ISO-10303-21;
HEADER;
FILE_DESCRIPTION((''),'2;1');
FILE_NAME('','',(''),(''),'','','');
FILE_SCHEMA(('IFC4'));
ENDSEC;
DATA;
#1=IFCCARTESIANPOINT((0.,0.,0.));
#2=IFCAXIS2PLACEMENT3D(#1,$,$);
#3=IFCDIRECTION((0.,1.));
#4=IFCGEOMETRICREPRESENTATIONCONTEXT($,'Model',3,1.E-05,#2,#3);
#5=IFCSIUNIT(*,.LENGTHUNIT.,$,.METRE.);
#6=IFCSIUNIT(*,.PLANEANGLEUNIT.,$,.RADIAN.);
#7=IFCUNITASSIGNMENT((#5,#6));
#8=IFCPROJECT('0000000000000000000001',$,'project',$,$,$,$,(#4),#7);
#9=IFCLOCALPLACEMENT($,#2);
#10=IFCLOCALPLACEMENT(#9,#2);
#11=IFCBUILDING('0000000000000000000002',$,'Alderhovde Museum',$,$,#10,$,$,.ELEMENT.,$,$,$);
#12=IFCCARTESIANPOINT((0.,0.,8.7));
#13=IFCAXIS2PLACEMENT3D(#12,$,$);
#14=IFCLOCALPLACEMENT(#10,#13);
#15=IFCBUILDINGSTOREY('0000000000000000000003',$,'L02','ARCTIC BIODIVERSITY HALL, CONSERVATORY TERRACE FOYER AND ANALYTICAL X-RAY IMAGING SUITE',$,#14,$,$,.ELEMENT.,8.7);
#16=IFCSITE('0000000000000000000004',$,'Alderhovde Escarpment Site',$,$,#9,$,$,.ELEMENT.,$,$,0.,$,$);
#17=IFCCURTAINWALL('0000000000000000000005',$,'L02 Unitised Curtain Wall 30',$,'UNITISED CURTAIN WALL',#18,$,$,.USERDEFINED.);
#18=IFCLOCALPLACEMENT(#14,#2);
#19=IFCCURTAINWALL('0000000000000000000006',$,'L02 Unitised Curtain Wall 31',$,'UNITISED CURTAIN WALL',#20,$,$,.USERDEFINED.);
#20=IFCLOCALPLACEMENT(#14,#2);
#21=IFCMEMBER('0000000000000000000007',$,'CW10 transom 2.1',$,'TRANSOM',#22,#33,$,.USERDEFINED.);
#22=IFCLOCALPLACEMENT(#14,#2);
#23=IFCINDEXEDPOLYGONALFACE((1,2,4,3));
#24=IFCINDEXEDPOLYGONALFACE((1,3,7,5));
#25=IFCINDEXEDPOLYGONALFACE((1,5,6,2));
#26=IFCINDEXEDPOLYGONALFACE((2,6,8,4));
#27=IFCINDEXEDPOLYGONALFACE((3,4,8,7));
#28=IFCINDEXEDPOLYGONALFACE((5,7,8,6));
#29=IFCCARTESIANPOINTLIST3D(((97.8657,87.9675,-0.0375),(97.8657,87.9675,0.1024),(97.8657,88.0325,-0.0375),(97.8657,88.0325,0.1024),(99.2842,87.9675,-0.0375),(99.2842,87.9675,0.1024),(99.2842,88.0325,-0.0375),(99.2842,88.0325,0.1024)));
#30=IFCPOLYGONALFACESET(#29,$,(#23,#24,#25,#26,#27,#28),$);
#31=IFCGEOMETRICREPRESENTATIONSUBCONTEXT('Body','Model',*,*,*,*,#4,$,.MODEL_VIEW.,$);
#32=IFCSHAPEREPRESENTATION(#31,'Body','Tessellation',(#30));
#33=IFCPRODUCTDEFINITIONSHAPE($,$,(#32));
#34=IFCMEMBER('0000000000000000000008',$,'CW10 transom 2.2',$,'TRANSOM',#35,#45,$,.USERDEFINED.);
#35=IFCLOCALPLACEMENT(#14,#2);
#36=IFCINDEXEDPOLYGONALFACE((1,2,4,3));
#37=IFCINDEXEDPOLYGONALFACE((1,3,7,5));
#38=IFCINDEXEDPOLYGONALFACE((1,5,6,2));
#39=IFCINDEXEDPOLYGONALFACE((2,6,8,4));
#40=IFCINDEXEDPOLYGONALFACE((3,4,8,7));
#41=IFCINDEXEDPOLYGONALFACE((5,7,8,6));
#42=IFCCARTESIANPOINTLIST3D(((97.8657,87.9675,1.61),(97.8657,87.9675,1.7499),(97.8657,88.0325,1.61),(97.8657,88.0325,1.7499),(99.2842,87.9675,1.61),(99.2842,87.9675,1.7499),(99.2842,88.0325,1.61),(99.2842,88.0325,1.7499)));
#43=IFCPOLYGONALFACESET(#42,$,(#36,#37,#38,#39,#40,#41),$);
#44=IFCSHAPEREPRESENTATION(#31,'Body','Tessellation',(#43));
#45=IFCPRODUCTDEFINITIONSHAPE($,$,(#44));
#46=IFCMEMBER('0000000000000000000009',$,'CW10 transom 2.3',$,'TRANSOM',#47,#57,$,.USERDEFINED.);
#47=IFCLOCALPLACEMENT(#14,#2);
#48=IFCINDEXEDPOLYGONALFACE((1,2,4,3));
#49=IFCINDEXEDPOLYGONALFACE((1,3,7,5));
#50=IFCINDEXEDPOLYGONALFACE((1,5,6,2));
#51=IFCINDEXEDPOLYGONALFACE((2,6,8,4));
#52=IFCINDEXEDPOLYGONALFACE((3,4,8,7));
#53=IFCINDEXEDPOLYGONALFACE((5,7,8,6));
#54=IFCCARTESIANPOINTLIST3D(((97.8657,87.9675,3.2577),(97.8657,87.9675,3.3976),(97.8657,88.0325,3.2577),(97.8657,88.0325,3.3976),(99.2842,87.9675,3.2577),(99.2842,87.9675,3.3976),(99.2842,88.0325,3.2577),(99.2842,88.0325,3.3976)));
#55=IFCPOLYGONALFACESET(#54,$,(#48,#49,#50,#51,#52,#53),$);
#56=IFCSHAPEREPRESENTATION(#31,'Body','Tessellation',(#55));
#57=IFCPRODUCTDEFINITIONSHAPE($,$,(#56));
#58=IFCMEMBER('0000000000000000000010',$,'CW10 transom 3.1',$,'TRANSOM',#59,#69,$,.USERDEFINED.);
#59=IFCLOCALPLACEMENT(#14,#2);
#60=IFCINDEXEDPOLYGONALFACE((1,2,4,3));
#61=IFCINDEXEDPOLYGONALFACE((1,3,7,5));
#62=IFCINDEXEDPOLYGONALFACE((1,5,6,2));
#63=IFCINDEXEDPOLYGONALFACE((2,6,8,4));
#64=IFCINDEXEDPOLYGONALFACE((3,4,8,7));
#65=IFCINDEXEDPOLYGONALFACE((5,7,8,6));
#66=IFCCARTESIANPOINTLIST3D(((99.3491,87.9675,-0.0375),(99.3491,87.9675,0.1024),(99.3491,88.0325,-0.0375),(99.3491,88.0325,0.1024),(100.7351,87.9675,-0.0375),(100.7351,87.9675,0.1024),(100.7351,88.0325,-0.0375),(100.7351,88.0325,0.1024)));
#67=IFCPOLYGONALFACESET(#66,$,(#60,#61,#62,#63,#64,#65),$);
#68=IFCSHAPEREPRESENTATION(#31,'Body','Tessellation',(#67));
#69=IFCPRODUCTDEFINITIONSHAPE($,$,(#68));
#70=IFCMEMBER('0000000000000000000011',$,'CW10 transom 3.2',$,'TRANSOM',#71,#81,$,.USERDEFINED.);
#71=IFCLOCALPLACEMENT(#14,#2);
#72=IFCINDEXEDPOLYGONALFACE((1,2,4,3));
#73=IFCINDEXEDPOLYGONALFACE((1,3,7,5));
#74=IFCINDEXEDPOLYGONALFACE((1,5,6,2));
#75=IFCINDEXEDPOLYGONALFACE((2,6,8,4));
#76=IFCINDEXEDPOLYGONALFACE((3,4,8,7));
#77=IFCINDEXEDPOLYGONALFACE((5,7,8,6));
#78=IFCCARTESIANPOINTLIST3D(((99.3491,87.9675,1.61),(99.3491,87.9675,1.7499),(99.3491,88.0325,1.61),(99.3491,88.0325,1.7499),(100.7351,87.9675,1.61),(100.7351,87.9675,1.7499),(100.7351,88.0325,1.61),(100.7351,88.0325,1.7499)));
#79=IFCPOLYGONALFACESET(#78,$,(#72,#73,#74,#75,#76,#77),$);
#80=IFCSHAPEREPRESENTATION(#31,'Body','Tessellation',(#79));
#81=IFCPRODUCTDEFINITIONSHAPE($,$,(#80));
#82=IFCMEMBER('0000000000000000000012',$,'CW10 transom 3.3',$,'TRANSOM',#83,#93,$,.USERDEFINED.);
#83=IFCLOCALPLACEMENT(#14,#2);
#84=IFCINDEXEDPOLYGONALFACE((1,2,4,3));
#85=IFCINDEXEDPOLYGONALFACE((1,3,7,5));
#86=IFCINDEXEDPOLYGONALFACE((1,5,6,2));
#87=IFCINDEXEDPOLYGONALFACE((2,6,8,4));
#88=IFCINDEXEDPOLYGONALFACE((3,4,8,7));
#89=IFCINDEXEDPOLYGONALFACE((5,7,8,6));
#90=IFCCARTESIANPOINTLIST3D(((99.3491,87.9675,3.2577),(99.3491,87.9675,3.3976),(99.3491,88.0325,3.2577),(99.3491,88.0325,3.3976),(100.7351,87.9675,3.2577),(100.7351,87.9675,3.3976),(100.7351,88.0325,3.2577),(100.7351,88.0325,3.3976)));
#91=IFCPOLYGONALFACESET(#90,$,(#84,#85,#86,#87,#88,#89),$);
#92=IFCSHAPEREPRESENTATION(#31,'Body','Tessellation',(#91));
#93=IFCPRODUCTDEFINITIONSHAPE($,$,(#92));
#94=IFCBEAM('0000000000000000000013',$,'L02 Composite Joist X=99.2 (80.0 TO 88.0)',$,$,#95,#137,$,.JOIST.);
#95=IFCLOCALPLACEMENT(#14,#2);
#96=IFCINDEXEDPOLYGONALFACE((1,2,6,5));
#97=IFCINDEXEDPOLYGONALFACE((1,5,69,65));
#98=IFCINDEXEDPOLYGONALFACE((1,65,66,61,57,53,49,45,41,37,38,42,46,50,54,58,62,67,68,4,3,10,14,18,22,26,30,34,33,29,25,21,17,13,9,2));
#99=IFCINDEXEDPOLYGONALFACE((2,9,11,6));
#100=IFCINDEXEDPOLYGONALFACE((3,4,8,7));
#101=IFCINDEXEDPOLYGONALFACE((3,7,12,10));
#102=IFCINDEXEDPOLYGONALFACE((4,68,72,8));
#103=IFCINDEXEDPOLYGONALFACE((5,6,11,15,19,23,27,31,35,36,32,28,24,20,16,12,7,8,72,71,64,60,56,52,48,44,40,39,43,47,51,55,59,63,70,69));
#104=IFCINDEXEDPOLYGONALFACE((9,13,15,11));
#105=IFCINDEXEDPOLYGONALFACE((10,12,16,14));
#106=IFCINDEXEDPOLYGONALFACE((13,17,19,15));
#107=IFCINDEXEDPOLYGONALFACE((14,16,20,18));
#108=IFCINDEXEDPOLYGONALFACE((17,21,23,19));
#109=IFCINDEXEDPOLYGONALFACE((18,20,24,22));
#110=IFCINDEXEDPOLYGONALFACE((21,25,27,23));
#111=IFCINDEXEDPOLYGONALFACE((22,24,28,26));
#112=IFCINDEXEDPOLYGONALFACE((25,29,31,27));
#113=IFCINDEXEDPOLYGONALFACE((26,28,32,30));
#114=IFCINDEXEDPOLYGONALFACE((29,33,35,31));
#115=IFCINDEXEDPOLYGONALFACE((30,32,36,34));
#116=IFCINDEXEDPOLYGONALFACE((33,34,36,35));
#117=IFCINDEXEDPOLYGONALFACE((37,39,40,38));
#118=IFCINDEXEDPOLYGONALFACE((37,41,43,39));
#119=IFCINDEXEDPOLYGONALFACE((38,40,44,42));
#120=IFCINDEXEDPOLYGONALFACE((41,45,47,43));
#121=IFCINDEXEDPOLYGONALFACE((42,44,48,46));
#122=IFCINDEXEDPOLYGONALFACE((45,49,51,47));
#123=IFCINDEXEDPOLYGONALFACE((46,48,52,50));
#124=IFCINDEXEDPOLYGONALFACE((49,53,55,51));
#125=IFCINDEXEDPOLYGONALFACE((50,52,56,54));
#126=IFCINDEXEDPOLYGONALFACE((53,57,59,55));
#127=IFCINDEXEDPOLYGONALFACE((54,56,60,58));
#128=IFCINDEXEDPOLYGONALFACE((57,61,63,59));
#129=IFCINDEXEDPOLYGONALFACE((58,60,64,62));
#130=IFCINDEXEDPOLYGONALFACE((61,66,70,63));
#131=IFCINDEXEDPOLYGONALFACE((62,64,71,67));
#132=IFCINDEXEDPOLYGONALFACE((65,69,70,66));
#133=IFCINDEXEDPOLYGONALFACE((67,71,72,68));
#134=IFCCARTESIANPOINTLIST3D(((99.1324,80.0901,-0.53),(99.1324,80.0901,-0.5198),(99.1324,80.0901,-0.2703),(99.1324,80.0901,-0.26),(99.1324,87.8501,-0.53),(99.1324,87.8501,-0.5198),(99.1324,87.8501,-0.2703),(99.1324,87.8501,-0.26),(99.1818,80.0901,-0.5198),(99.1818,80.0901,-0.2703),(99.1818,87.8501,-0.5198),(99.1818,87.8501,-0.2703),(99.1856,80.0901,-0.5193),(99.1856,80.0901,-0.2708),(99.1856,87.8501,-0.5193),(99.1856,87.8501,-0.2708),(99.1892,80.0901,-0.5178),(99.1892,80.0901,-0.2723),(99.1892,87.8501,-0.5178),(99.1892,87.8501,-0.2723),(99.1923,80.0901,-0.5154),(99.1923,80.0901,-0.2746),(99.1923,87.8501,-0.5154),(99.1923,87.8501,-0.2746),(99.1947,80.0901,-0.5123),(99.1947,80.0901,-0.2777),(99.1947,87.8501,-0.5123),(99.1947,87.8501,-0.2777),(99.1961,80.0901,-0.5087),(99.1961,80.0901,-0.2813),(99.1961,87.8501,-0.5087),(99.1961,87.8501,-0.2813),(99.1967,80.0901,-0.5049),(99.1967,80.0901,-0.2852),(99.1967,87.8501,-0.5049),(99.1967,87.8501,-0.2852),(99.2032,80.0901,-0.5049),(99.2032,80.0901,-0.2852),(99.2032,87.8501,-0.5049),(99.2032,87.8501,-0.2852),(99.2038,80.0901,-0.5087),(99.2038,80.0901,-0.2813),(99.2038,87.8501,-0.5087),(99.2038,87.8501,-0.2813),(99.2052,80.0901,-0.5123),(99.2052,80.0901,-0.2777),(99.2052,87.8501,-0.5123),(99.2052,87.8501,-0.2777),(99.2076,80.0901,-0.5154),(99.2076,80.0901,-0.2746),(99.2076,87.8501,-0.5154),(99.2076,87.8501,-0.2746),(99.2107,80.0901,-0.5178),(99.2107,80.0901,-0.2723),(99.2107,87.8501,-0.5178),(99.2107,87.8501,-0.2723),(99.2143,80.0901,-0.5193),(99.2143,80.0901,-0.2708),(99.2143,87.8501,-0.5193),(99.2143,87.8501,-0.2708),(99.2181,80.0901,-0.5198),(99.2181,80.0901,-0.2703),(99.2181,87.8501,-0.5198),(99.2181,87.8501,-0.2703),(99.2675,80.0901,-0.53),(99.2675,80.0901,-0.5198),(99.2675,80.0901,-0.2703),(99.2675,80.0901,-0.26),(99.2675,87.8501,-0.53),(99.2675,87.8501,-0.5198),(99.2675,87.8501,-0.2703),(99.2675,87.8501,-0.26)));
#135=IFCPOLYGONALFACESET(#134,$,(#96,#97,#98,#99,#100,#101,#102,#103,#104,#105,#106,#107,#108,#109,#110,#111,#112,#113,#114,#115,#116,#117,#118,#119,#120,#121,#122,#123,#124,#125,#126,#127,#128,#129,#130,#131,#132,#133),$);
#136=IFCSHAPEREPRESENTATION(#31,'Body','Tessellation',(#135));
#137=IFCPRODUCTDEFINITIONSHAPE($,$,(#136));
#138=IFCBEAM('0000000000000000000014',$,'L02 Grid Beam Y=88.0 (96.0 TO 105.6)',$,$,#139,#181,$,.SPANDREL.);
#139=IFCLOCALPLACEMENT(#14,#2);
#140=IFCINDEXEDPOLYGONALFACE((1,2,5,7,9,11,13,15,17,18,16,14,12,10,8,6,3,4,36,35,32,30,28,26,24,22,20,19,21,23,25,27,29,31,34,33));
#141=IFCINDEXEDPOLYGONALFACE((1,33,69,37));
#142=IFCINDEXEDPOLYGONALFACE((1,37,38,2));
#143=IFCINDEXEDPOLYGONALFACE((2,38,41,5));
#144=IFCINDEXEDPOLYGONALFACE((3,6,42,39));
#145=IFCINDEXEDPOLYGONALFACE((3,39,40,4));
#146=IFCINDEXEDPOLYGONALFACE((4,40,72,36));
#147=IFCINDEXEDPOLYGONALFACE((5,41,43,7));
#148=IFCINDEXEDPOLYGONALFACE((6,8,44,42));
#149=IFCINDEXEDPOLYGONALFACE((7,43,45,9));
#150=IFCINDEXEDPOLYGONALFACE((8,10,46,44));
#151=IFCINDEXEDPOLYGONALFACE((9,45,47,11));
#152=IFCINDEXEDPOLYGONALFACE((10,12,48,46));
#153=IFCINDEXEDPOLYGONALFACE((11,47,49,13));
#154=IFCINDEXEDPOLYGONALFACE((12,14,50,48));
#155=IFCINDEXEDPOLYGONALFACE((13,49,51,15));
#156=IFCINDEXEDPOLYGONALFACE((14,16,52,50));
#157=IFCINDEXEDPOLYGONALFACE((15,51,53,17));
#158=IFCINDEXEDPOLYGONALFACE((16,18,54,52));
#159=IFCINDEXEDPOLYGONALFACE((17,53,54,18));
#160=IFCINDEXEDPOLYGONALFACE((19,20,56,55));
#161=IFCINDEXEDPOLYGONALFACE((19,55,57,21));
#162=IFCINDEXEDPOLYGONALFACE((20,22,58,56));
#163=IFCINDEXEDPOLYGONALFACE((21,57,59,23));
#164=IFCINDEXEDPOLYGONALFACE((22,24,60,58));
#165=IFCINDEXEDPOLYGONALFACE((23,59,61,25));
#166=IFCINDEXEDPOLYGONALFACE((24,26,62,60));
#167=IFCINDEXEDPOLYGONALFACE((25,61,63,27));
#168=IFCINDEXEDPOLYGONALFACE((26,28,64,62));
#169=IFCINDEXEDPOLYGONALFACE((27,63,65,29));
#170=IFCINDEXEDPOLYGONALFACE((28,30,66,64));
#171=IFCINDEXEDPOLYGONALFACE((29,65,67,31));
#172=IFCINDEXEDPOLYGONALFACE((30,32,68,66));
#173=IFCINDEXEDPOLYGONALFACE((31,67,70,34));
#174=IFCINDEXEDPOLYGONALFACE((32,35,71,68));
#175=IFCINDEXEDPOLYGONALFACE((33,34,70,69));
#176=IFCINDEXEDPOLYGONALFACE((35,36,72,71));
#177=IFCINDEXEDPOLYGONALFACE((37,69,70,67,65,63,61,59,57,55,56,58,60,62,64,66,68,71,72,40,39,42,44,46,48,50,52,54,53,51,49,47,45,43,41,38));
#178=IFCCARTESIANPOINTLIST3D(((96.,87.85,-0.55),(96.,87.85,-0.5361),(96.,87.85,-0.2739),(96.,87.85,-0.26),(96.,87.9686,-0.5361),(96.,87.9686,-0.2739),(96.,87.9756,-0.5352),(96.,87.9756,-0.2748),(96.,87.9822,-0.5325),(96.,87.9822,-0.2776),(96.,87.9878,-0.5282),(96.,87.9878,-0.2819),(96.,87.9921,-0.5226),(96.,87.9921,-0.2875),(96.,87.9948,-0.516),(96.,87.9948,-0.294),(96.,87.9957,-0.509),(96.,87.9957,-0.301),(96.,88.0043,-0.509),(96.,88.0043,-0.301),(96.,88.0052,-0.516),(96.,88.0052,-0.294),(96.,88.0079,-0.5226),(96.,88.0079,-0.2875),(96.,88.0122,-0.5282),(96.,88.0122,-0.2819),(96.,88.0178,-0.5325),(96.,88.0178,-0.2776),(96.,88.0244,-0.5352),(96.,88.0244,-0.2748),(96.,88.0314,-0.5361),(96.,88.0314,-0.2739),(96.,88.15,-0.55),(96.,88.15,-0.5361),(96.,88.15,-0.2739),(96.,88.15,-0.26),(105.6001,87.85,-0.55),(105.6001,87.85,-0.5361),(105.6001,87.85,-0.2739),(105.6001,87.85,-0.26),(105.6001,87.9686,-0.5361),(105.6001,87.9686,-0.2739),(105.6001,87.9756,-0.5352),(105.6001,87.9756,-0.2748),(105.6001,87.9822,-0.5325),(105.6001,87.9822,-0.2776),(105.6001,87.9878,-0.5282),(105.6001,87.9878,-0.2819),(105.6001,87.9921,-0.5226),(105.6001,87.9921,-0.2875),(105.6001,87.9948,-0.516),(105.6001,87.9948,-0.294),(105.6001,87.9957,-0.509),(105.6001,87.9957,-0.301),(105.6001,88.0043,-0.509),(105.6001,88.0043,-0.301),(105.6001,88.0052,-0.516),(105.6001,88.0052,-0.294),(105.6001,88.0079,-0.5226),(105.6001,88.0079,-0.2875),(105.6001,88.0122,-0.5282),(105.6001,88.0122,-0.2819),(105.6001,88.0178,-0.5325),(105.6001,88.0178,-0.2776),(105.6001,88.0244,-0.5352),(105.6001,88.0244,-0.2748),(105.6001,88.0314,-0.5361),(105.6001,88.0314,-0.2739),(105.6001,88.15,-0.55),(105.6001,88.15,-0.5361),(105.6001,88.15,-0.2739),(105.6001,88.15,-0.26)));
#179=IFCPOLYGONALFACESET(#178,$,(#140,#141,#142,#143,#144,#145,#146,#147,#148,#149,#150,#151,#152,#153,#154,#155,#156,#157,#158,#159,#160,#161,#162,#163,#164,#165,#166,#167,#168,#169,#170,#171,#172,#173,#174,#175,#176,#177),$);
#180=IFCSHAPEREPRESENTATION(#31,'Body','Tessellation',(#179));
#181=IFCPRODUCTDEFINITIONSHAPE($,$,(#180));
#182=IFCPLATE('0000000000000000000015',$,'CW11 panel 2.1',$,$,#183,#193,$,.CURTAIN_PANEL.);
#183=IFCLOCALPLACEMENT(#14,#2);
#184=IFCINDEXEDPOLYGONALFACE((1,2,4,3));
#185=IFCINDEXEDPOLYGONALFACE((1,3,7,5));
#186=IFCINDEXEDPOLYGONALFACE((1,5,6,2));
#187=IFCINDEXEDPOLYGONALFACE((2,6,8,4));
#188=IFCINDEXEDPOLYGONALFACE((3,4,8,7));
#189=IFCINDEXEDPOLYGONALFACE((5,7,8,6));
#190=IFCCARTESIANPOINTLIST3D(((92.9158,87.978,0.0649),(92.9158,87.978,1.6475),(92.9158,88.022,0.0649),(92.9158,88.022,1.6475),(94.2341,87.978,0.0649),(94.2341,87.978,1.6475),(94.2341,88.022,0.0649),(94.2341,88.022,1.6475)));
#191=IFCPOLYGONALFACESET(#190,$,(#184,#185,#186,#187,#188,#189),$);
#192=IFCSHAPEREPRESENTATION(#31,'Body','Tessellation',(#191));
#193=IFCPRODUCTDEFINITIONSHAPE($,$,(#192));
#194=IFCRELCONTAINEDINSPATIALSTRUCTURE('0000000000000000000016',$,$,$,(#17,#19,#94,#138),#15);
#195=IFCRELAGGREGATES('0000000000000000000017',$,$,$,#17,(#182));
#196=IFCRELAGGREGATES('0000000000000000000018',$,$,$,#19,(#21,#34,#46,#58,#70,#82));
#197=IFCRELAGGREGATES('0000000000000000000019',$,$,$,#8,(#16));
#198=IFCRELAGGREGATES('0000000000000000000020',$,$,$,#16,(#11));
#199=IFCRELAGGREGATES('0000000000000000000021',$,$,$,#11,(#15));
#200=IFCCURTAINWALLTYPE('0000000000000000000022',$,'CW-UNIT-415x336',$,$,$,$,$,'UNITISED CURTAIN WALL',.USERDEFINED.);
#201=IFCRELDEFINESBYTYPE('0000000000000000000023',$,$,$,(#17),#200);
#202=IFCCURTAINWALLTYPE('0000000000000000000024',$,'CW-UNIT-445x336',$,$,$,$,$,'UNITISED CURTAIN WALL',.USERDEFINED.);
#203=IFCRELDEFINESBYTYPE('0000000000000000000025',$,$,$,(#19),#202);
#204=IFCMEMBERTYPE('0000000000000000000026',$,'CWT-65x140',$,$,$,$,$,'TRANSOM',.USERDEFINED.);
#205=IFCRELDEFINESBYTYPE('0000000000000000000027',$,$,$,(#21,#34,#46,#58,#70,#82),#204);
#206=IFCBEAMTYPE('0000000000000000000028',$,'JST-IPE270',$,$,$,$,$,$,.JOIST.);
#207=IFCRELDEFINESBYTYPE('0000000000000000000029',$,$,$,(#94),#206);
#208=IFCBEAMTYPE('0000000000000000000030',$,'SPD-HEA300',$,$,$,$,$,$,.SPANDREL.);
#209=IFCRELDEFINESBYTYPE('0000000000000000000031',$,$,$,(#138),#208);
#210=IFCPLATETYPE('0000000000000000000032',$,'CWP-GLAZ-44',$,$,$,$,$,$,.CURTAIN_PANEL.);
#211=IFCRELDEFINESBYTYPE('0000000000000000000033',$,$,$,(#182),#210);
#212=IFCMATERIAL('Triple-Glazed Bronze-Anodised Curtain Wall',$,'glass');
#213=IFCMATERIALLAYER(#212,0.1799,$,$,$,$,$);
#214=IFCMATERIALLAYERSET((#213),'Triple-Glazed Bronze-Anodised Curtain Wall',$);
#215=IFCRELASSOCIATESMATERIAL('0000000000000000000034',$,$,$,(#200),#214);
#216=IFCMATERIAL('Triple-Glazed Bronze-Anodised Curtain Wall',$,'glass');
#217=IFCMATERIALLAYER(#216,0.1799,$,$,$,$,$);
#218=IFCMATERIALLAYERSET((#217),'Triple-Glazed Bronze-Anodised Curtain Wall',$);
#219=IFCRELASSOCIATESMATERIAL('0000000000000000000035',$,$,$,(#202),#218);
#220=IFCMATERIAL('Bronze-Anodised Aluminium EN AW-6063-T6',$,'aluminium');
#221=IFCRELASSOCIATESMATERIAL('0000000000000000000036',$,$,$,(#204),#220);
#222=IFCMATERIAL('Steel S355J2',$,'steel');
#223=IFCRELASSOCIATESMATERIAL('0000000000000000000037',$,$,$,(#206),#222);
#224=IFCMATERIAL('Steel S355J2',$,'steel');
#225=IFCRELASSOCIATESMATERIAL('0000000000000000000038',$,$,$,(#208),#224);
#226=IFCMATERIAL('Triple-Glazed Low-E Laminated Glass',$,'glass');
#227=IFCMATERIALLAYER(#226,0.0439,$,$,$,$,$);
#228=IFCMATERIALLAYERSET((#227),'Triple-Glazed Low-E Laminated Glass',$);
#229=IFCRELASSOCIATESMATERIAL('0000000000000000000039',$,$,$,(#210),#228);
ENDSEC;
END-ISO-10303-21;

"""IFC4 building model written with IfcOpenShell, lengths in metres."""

from ifc_helpers import new_model, si_unit, direction, frame, origin, origin_2d, place, context, subcontext, project, spatial, rectangle, i_section, extrude, material, layer, layer_set, material_profile, profile_set, type_object, element, aggregate, save


model = new_model("IFC4")

# Units and contexts
model_context = context("Model", 3, precision=1e-05, world=origin(), true_north=direction((0.0, 1.0)))
body_context = subcontext(model_context, "Body", "Model", "MODEL_VIEW")
ifc_project = project(units=[si_unit("LENGTHUNIT", "METRE"), si_unit("PLANEANGLEUNIT", "RADIAN")], contexts=[model_context])

# Site, building, storey
site_placement = place(None, origin())
site = spatial("IfcSite", under=ifc_project, at=site_placement, Name="Alderhovde Escarpment Site", CompositionType="ELEMENT", RefElevation=0.0)
building_placement = place(site_placement, origin())
building = spatial("IfcBuilding", under=site, at=building_placement, Name="Alderhovde Museum", CompositionType="ELEMENT")
storey_placement = place(building_placement, frame((0.0, 0.0, 8.7)))
storey = spatial("IfcBuildingStorey", under=building, at=storey_placement, Name="L02", Description="ARCTIC BIODIVERSITY HALL, CONSERVATORY TERRACE FOYER AND ANALYTICAL X-RAY IMAGING SUITE", CompositionType="ELEMENT", Elevation=8.7)

# Curtain walls
ifc_material_1 = material(Name="Triple-Glazed Bronze-Anodised Curtain Wall", Category="glass")
ifc_layer_1 = layer(ifc_material_1, 0.1799)
ifc_layer_set_1 = layer_set([ifc_layer_1], Name="Triple-Glazed Bronze-Anodised Curtain Wall")
curtain_wall_type_1 = type_object("IfcCurtainWallType", Name="CW-UNIT-415x336", ElementType="UNITISED CURTAIN WALL", PredefinedType="USERDEFINED", material=ifc_layer_set_1)
curtain_wall_1_placement = place(storey_placement, origin())
curtain_wall_1 = element("IfcCurtainWall", 1, at=curtain_wall_1_placement, inside=storey, type_object=curtain_wall_type_1, Name="L02 Unitised Curtain Wall 30", ObjectType="UNITISED CURTAIN WALL", PredefinedType="USERDEFINED")
ifc_material_2 = material(Name="Triple-Glazed Bronze-Anodised Curtain Wall", Category="glass")
ifc_layer_2 = layer(ifc_material_2, 0.1799)
ifc_layer_set_2 = layer_set([ifc_layer_2], Name="Triple-Glazed Bronze-Anodised Curtain Wall")
curtain_wall_type_2 = type_object("IfcCurtainWallType", Name="CW-UNIT-445x336", ElementType="UNITISED CURTAIN WALL", PredefinedType="USERDEFINED", material=ifc_layer_set_2)
curtain_wall_2_placement = place(storey_placement, origin())
curtain_wall_2 = element("IfcCurtainWall", 2, at=curtain_wall_2_placement, inside=storey, type_object=curtain_wall_type_2, Name="L02 Unitised Curtain Wall 31", ObjectType="UNITISED CURTAIN WALL", PredefinedType="USERDEFINED")

# Members
ifc_material_3 = material(Name="Bronze-Anodised Aluminium EN AW-6063-T6", Category="aluminium")
ifc_material_profile_1 = material_profile(ifc_material_3, rectangle(XDim=0.0649, YDim=0.1399, at=origin_2d()), Name="TRANSOM 65x140")
ifc_profile_set_1 = profile_set([ifc_material_profile_1], Name="Bronze-Anodised Aluminium EN AW-6063-T6")
member_type_1 = type_object("IfcMemberType", Name="CWT-65x140", ElementType="TRANSOM", PredefinedType="USERDEFINED", material=ifc_profile_set_1)
member_1_placement = place(storey_placement, frame((97.8657, 88.0, 0.0325), z_axis=(1.0, 0.0, 0.0), x_axis=(0.0, 1.0, 0.0)))
member_1 = element("IfcMember", 3, at=member_1_placement, type_object=member_type_1, Name="CW10 transom 2.1", ObjectType="TRANSOM", PredefinedType="USERDEFINED", context=body_context, shape_type="SweptSolid", body=[
    extrude(rectangle(XDim=0.0649, YDim=0.1399, at=origin_2d()), origin(), (0.0, 0.0, 1.0), 1.4185),
])
member_2_placement = place(storey_placement, frame((97.8657, 88.0, 1.6799), z_axis=(1.0, 0.0, 0.0), x_axis=(0.0, 1.0, 0.0)))
member_2 = element("IfcMember", 4, at=member_2_placement, type_object=member_type_1, Name="CW10 transom 2.2", ObjectType="TRANSOM", PredefinedType="USERDEFINED", context=body_context, shape_type="SweptSolid", body=[
    extrude(rectangle(XDim=0.0649, YDim=0.1399, at=origin_2d()), origin(), (0.0, 0.0, 1.0), 1.4185),
])
member_3_placement = place(storey_placement, frame((97.8657, 88.0, 3.3276), z_axis=(1.0, 0.0, 0.0), x_axis=(0.0, 1.0, 0.0)))
member_3 = element("IfcMember", 5, at=member_3_placement, type_object=member_type_1, Name="CW10 transom 2.3", ObjectType="TRANSOM", PredefinedType="USERDEFINED", context=body_context, shape_type="SweptSolid", body=[
    extrude(rectangle(XDim=0.0649, YDim=0.1399, at=origin_2d()), origin(), (0.0, 0.0, 1.0), 1.4185),
])
member_4_placement = place(storey_placement, frame((99.3491, 88.0, 0.0325), z_axis=(1.0, 0.0, 0.0), x_axis=(0.0, 1.0, 0.0)))
member_4 = element("IfcMember", 6, at=member_4_placement, type_object=member_type_1, Name="CW10 transom 3.1", ObjectType="TRANSOM", PredefinedType="USERDEFINED", context=body_context, shape_type="SweptSolid", body=[
    extrude(rectangle(XDim=0.0649, YDim=0.1399, at=origin_2d()), origin(), (0.0, 0.0, 1.0), 1.386),
])
member_5_placement = place(storey_placement, frame((99.3491, 88.0, 1.6799), z_axis=(1.0, 0.0, 0.0), x_axis=(0.0, 1.0, 0.0)))
member_5 = element("IfcMember", 7, at=member_5_placement, type_object=member_type_1, Name="CW10 transom 3.2", ObjectType="TRANSOM", PredefinedType="USERDEFINED", context=body_context, shape_type="SweptSolid", body=[
    extrude(rectangle(XDim=0.0649, YDim=0.1399, at=origin_2d()), origin(), (0.0, 0.0, 1.0), 1.386),
])
member_6_placement = place(storey_placement, frame((99.3491, 88.0, 3.3276), z_axis=(1.0, 0.0, 0.0), x_axis=(0.0, 1.0, 0.0)))
member_6 = element("IfcMember", 8, at=member_6_placement, type_object=member_type_1, Name="CW10 transom 3.3", ObjectType="TRANSOM", PredefinedType="USERDEFINED", context=body_context, shape_type="SweptSolid", body=[
    extrude(rectangle(XDim=0.0649, YDim=0.1399, at=origin_2d()), origin(), (0.0, 0.0, 1.0), 1.386),
])

# Beams
ifc_material_4 = material(Name="Steel S355J2", Category="steel")
ifc_material_profile_2 = material_profile(ifc_material_4, i_section(OverallWidth=0.135, OverallDepth=0.27, WebThickness=0.0066, FlangeThickness=0.0103, FilletRadius=0.0149, at=origin_2d()), Name="IPE 270")
ifc_profile_set_2 = profile_set([ifc_material_profile_2], Name="Steel S355J2")
beam_type_1 = type_object("IfcBeamType", Name="JST-IPE270", PredefinedType="JOIST", material=ifc_profile_set_2)
beam_1_placement = place(storey_placement, frame((99.2, 80.0901, -0.395), z_axis=(0.0, 1.0, 0.0), x_axis=(-1.0, 0.0, 0.0)))
element("IfcBeam", 9, at=beam_1_placement, inside=storey, type_object=beam_type_1, Name="L02 Composite Joist X=99.2 (80.0 TO 88.0)", PredefinedType="JOIST", context=body_context, shape_type="SweptSolid", body=[
    extrude(i_section(OverallWidth=0.135, OverallDepth=0.27, WebThickness=0.0066, FlangeThickness=0.0103, FilletRadius=0.0149, at=origin_2d()), origin(), (0.0, 0.0, 1.0), 7.76),
])
ifc_material_5 = material(Name="Steel S355J2", Category="steel")
ifc_material_profile_3 = material_profile(ifc_material_5, i_section(OverallWidth=0.3, OverallDepth=0.29, WebThickness=0.0085, FlangeThickness=0.0139, FilletRadius=0.0271, at=origin_2d()), Name="HEA 300")
ifc_profile_set_3 = profile_set([ifc_material_profile_3], Name="Steel S355J2")
beam_type_2 = type_object("IfcBeamType", Name="SPD-HEA300", PredefinedType="SPANDREL", material=ifc_profile_set_3)
beam_2_placement = place(storey_placement, frame((96.0, 88.0, -0.405), z_axis=(1.0, 0.0, 0.0), x_axis=(0.0, 1.0, 0.0)))
element("IfcBeam", 10, at=beam_2_placement, inside=storey, type_object=beam_type_2, Name="L02 Grid Beam Y=88.0 (96.0 TO 105.6)", PredefinedType="SPANDREL", context=body_context, shape_type="SweptSolid", body=[
    extrude(i_section(OverallWidth=0.3, OverallDepth=0.29, WebThickness=0.0085, FlangeThickness=0.0139, FilletRadius=0.0271, at=origin_2d()), origin(), (0.0, 0.0, 1.0), 9.6001),
])

# Plate
ifc_material_6 = material(Name="Triple-Glazed Low-E Laminated Glass", Category="glass")
ifc_layer_3 = layer(ifc_material_6, 0.0439)
ifc_layer_set_3 = layer_set([ifc_layer_3], Name="Triple-Glazed Low-E Laminated Glass")
plate_type_1 = type_object("IfcPlateType", Name="CWP-GLAZ-44", PredefinedType="CURTAIN_PANEL", material=ifc_layer_set_3)
plate_1_placement = place(storey_placement, frame((93.575, 88.0, 0.0649), z_axis=(0.0, 0.0, 1.0), x_axis=(1.0, 0.0, 0.0)))
plate_1 = element("IfcPlate", 11, at=plate_1_placement, type_object=plate_type_1, Name="CW11 panel 2.1", PredefinedType="CURTAIN_PANEL", context=body_context, shape_type="SweptSolid", body=[
    extrude(rectangle(XDim=1.3184, YDim=0.0439, at=origin_2d()), origin(), (0.0, 0.0, 1.0), 1.5825),
])
aggregate(curtain_wall_1, [plate_1])
aggregate(curtain_wall_2, [member_1, member_2, member_3, member_4, member_5, member_6])

save(model, "model.ifc")
